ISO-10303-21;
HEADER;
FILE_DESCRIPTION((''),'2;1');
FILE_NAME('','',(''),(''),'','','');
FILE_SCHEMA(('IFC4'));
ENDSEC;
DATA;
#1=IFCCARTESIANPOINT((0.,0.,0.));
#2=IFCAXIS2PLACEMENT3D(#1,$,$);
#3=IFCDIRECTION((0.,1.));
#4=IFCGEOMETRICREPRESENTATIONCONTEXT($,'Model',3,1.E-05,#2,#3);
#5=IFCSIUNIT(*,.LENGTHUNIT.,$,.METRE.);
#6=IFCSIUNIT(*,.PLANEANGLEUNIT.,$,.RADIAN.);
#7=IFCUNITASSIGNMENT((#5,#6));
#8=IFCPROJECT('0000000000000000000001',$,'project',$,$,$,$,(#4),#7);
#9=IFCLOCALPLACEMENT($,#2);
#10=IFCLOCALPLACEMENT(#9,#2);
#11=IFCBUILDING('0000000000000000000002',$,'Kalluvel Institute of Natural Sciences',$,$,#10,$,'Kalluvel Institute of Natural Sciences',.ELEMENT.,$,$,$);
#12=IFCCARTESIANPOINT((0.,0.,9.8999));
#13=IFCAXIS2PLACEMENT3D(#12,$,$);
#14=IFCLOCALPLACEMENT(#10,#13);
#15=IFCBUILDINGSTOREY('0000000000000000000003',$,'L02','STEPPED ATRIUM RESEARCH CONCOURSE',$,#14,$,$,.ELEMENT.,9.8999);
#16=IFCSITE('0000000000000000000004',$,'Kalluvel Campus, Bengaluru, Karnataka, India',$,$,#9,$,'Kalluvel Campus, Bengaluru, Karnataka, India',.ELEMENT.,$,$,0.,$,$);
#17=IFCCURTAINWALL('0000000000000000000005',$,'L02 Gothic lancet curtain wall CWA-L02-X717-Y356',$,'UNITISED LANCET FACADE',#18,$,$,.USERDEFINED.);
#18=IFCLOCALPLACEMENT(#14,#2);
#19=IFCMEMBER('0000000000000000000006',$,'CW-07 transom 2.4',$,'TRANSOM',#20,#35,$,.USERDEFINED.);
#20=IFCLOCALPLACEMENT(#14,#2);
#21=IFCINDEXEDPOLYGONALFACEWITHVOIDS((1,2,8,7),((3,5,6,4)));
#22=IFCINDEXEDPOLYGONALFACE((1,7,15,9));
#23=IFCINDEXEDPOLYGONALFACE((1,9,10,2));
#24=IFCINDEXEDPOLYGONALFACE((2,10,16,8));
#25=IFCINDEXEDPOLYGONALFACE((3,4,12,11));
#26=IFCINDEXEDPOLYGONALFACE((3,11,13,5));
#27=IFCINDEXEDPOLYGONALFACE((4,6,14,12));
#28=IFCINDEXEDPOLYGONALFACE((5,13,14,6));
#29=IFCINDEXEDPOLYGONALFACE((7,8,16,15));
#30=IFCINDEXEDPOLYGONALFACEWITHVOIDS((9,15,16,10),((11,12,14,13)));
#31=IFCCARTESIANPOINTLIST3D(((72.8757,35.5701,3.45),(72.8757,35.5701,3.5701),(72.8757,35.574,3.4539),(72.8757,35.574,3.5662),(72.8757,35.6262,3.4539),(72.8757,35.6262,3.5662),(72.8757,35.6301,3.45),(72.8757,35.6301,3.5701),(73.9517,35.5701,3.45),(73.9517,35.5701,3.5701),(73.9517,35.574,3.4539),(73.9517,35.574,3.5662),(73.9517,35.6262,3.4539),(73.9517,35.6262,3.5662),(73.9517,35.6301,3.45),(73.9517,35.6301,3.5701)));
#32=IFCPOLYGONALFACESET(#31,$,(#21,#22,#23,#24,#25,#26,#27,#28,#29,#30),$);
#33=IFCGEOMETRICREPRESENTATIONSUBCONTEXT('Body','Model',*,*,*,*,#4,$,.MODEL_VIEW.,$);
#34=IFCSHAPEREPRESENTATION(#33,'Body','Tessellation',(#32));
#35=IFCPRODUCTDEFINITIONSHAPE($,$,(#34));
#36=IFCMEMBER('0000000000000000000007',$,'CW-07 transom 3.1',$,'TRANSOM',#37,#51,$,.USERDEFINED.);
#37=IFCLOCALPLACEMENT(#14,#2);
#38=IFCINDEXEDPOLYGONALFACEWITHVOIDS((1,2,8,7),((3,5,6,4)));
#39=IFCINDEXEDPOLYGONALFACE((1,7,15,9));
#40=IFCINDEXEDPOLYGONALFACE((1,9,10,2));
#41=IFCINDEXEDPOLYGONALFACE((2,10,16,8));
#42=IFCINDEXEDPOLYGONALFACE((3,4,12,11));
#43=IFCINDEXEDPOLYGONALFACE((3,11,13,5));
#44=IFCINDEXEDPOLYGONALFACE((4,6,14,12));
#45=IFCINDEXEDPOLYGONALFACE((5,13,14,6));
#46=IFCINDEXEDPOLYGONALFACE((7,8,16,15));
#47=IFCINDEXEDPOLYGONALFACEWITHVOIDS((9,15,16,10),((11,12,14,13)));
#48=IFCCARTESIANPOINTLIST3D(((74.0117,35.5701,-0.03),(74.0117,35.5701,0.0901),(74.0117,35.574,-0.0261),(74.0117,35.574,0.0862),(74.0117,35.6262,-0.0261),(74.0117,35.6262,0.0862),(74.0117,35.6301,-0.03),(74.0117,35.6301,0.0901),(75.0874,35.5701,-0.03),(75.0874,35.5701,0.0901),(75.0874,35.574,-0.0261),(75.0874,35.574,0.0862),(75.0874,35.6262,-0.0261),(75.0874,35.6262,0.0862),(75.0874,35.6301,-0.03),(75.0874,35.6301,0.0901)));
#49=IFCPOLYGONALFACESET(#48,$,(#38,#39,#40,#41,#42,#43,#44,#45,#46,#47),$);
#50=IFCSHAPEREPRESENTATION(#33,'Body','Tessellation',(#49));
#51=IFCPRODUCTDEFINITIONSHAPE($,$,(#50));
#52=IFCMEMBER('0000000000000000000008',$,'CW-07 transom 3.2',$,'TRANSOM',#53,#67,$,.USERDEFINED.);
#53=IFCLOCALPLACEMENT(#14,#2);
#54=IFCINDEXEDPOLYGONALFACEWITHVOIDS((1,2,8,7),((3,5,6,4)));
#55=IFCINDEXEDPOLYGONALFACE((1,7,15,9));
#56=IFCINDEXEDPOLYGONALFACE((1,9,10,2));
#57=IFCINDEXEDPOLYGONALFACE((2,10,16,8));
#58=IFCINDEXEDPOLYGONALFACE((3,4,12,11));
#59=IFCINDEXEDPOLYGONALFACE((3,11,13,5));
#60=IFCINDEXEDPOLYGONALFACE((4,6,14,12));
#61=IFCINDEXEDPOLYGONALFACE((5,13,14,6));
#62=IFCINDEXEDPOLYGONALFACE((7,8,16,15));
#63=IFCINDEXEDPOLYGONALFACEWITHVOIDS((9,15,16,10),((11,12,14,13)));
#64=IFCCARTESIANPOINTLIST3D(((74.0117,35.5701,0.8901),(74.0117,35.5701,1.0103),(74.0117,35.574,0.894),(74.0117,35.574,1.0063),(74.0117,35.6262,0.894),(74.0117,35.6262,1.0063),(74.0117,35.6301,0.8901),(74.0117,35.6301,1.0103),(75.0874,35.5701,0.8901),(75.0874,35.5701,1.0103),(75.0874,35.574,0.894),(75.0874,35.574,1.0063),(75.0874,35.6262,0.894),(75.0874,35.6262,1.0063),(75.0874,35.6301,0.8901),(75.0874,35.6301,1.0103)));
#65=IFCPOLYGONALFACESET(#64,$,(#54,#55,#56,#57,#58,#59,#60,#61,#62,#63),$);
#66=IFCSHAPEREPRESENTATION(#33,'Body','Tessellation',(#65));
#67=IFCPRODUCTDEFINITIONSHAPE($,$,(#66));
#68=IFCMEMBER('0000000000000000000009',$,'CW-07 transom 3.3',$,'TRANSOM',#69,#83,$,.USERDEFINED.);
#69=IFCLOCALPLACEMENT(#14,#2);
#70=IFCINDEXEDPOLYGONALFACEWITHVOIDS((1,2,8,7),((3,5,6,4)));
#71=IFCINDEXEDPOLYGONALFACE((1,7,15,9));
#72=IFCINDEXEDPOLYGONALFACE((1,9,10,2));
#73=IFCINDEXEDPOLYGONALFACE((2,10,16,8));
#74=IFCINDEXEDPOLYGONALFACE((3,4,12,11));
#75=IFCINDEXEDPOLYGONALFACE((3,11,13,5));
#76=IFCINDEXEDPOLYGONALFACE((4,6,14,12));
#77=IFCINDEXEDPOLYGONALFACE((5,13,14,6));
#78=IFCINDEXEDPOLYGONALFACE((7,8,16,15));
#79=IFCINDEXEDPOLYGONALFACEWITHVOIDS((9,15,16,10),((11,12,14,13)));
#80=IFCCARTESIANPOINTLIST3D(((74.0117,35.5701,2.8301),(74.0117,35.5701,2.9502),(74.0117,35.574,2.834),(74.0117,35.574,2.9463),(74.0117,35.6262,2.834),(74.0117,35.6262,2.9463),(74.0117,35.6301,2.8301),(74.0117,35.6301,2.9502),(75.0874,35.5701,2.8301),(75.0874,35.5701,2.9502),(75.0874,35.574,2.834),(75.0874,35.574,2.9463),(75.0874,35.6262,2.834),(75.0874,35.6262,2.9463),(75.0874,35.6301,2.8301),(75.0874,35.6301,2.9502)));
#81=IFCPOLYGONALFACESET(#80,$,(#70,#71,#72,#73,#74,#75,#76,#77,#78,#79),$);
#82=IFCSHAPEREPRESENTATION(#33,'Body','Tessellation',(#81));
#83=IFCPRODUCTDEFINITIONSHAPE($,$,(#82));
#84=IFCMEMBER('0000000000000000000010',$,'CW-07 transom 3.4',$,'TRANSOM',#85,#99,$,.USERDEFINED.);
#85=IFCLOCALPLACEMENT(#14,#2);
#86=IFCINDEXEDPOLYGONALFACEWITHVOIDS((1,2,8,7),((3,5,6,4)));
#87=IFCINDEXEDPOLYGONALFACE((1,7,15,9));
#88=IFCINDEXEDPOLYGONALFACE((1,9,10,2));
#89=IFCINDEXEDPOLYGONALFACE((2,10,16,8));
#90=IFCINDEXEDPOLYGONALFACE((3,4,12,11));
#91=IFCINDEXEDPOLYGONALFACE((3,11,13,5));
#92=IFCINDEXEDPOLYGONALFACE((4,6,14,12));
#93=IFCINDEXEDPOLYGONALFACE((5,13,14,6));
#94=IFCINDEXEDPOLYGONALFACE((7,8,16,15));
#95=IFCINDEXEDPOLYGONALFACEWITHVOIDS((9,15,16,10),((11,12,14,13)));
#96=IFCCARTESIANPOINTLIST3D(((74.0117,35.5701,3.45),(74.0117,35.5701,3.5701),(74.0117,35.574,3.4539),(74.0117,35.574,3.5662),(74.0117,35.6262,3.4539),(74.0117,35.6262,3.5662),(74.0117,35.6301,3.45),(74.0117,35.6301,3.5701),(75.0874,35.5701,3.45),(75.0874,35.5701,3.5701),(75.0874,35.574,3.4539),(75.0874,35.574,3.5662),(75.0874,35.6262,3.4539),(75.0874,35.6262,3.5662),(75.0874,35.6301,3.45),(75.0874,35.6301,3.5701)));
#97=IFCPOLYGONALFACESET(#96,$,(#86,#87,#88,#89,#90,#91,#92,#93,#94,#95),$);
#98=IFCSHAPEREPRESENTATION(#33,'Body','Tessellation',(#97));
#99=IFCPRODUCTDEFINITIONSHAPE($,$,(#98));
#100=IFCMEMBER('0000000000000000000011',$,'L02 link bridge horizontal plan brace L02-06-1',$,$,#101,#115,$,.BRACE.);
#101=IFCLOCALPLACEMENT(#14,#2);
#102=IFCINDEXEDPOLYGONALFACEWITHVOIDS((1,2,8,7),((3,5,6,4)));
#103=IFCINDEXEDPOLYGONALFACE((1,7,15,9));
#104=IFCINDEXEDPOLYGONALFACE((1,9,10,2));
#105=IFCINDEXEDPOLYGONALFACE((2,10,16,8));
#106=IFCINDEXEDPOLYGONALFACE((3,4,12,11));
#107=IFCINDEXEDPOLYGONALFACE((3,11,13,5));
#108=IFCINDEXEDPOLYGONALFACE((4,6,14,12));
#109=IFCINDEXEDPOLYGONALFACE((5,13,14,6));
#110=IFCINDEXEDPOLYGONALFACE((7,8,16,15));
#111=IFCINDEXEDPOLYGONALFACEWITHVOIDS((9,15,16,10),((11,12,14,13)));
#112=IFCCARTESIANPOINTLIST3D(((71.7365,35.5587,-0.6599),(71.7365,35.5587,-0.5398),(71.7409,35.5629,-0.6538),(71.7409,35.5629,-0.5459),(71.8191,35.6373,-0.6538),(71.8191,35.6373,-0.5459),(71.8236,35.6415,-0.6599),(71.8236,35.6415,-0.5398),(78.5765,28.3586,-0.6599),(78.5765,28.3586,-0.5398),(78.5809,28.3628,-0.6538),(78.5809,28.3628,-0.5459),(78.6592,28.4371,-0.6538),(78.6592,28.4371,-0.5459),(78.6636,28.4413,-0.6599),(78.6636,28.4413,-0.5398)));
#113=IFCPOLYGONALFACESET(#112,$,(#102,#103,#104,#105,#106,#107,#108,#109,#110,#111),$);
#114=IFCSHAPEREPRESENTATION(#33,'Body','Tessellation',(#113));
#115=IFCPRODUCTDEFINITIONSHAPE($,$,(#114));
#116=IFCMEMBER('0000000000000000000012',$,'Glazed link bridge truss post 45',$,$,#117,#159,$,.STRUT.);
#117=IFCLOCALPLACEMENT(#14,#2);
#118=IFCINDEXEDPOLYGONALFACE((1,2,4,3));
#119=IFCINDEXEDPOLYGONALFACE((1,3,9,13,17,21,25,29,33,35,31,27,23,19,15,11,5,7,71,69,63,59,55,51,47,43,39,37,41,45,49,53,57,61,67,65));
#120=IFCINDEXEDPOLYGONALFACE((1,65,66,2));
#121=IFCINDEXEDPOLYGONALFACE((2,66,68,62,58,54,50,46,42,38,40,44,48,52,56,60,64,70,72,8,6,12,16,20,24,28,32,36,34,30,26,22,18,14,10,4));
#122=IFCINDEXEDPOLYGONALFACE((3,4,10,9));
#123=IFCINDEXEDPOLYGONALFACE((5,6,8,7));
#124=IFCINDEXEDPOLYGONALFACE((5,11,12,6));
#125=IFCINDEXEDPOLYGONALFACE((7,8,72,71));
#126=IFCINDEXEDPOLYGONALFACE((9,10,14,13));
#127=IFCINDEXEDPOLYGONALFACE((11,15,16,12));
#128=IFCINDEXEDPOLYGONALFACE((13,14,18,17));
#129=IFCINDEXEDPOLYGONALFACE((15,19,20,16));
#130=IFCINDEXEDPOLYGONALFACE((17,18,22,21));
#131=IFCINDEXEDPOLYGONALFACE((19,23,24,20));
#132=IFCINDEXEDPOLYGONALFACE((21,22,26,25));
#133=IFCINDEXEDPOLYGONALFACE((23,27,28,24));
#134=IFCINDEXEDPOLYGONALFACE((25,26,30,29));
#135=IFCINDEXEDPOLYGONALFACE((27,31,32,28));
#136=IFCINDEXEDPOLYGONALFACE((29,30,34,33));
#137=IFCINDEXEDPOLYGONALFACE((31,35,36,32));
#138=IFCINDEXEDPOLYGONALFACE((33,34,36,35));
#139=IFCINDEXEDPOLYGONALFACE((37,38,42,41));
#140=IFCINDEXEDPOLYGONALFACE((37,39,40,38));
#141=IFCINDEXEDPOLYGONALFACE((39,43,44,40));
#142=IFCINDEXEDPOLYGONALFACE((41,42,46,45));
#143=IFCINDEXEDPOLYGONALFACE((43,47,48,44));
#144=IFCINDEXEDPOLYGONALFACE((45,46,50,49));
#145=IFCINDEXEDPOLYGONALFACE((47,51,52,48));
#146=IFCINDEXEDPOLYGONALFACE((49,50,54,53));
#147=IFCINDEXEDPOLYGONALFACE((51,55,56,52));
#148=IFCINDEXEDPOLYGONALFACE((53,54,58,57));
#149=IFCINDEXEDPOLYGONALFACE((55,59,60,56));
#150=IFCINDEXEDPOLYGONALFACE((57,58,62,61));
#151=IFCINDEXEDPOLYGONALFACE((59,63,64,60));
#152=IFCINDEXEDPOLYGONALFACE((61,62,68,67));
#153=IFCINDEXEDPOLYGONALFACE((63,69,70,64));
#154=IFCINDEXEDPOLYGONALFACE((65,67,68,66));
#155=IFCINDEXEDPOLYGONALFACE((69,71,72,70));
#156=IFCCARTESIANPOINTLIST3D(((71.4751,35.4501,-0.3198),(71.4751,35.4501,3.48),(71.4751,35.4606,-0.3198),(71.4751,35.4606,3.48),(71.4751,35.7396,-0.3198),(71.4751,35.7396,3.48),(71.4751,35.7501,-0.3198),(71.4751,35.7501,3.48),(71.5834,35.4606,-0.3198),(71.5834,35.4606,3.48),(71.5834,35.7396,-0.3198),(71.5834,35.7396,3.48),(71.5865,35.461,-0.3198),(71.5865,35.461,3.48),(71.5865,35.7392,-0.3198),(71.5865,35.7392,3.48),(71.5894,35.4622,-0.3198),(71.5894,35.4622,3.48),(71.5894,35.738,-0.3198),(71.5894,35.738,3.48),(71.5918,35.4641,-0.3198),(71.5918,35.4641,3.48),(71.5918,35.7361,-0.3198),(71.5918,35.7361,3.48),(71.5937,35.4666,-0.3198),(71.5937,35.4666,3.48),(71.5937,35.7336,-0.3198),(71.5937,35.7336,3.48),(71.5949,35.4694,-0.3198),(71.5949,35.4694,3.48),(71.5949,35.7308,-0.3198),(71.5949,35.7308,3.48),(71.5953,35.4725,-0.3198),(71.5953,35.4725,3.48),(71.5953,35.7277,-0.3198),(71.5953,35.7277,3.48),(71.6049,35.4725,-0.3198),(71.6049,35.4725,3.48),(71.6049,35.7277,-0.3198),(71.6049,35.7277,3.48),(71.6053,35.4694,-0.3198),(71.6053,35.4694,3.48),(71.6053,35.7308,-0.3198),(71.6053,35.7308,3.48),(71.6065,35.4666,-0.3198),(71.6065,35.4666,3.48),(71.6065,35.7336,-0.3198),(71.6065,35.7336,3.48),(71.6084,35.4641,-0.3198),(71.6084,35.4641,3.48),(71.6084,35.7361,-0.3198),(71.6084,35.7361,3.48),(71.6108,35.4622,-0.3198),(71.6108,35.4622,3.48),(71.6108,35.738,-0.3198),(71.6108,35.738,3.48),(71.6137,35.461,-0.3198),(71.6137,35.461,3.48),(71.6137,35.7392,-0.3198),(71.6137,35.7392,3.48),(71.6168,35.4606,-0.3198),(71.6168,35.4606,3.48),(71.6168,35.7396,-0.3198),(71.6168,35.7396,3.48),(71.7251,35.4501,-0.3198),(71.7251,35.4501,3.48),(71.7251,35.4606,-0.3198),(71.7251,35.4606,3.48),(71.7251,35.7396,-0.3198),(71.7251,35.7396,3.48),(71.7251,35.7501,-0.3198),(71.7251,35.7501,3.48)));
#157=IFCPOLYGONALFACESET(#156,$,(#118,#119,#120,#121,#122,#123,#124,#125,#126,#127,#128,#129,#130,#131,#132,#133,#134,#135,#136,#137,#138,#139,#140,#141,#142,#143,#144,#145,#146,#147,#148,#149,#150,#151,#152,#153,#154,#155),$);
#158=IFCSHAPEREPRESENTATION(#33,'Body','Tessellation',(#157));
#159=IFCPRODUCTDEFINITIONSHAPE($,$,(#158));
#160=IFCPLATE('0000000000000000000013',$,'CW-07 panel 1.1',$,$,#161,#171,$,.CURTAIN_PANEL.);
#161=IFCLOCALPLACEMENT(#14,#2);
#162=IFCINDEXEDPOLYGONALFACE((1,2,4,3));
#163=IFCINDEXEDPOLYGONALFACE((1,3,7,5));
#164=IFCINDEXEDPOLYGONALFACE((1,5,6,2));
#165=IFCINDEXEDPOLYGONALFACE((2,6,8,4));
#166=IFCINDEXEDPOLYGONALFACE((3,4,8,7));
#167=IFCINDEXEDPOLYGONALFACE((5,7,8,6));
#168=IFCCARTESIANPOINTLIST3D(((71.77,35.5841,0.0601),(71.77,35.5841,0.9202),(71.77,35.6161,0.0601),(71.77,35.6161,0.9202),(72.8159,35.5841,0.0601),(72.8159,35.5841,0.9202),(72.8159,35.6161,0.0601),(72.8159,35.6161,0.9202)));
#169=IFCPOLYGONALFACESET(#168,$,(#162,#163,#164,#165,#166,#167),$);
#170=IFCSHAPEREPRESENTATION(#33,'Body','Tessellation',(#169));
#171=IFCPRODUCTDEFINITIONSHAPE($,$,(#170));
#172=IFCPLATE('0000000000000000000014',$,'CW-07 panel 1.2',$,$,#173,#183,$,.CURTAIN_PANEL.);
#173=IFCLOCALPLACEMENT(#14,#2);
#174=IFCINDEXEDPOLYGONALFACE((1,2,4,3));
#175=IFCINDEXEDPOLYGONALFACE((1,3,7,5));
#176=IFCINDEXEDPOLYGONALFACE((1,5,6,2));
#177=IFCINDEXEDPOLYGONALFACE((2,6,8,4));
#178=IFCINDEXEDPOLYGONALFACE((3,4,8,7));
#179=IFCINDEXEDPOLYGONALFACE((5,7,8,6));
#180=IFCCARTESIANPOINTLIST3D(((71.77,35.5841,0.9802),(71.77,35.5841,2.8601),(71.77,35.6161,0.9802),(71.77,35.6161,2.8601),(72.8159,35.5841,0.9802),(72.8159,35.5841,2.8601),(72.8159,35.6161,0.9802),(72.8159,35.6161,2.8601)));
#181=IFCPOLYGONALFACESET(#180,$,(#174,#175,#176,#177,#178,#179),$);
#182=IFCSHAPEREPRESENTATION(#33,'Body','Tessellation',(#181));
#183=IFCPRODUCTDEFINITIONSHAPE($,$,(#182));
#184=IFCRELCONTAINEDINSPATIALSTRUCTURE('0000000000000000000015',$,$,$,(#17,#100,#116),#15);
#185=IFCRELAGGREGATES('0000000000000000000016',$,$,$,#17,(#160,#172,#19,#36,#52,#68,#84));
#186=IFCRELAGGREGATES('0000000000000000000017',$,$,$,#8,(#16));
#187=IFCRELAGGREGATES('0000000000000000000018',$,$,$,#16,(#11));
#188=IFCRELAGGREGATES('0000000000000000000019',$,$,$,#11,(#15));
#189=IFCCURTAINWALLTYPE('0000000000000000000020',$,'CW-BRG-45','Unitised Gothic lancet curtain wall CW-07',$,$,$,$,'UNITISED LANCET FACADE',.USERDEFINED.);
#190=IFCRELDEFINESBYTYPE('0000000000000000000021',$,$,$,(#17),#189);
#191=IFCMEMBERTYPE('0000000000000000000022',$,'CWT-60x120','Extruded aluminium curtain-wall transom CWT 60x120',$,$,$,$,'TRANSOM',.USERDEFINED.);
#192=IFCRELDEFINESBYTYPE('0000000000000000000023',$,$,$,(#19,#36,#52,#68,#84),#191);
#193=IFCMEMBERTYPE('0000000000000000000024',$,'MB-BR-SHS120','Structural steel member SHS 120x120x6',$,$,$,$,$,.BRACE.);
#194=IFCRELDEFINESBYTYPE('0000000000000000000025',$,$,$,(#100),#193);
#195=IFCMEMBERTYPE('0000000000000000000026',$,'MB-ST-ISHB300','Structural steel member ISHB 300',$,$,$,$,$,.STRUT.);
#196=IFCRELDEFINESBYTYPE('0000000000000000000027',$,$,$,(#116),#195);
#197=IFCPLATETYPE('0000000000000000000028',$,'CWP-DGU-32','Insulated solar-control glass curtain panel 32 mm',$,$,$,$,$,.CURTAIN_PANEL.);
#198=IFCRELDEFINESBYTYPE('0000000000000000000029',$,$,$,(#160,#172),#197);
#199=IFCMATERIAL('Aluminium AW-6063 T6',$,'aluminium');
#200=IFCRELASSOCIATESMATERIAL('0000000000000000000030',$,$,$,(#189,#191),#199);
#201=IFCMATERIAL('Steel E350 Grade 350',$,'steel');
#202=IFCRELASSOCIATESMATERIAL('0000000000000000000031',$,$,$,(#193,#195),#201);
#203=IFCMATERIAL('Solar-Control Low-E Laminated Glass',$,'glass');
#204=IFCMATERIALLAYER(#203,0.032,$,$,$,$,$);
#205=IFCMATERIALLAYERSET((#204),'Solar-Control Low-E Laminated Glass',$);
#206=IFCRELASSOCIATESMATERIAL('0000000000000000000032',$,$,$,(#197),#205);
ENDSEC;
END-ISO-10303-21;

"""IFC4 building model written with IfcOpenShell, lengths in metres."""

from ifc_helpers import new_model, si_unit, direction, frame, origin, origin_2d, place, context, subcontext, project, spatial, rectangle, hollow_rectangle, i_section, extrude, material, layer, layer_set, material_profile, profile_set, type_object, element, aggregate, save


model = new_model("IFC4")

# Units and contexts
model_context = context("Model", 3, precision=1e-05, world=origin(), true_north=direction((0.0, 1.0)))
body_context = subcontext(model_context, "Body", "Model", "MODEL_VIEW")
ifc_project = project(units=[si_unit("LENGTHUNIT", "METRE"), si_unit("PLANEANGLEUNIT", "RADIAN")], contexts=[model_context])

# Site, building, storey
site_placement = place(None, origin())
site = spatial("IfcSite", under=ifc_project, at=site_placement, Name="Kalluvel Campus, Bengaluru, Karnataka, India", LongName="Kalluvel Campus, Bengaluru, Karnataka, India", CompositionType="ELEMENT", RefElevation=0.0)
building_placement = place(site_placement, origin())
building = spatial("IfcBuilding", under=site, at=building_placement, Name="Kalluvel Institute of Natural Sciences", LongName="Kalluvel Institute of Natural Sciences", CompositionType="ELEMENT")
storey_placement = place(building_placement, frame((0.0, 0.0, 9.8999)))
storey = spatial("IfcBuildingStorey", under=building, at=storey_placement, Name="L02", Description="STEPPED ATRIUM RESEARCH CONCOURSE", CompositionType="ELEMENT", Elevation=9.8999)

# Curtain wall, members
ifc_material_1 = material(Name="Aluminium AW-6063 T6", Category="aluminium")
curtain_wall_type = type_object("IfcCurtainWallType", Name="CW-BRG-45", Description="Unitised Gothic lancet curtain wall CW-07", ElementType="UNITISED LANCET FACADE", PredefinedType="USERDEFINED", material=ifc_material_1)
curtain_wall_placement = place(storey_placement, origin())
curtain_wall = element("IfcCurtainWall", 1, at=curtain_wall_placement, inside=storey, type_object=curtain_wall_type, Name="L02 Gothic lancet curtain wall CWA-L02-X717-Y356", ObjectType="UNITISED LANCET FACADE", PredefinedType="USERDEFINED")
ifc_material_profile_1 = material_profile(ifc_material_1, hollow_rectangle(XDim=0.0601, YDim=0.1201, WallThickness=0.0039, at=origin_2d()), Name="CWT 60x120")
ifc_profile_set_1 = profile_set([ifc_material_profile_1], Name="Aluminium AW-6063 T6")
member_type_1 = type_object("IfcMemberType", Name="CWT-60x120", Description="Extruded aluminium curtain-wall transom CWT 60x120", ElementType="TRANSOM", PredefinedType="USERDEFINED", material=ifc_profile_set_1)
member_1_placement = place(storey_placement, frame((72.8757, 35.6001, 3.51), z_axis=(1.0, 0.0, 0.0), x_axis=(0.0, 1.0, 0.0)))
member_1 = element("IfcMember", 2, at=member_1_placement, type_object=member_type_1, Name="CW-07 transom 2.4", ObjectType="TRANSOM", PredefinedType="USERDEFINED", context=body_context, shape_type="SweptSolid", body=[
    extrude(hollow_rectangle(XDim=0.0601, YDim=0.1201, WallThickness=0.0039, at=origin_2d()), origin(), (0.0, 0.0, 1.0), 1.0759),
])
member_2_placement = place(storey_placement, frame((74.0117, 35.6001, 0.03), z_axis=(1.0, 0.0, 0.0), x_axis=(0.0, 1.0, 0.0)))
member_2 = element("IfcMember", 3, at=member_2_placement, type_object=member_type_1, Name="CW-07 transom 3.1", ObjectType="TRANSOM", PredefinedType="USERDEFINED", context=body_context, shape_type="SweptSolid", body=[
    extrude(hollow_rectangle(XDim=0.0601, YDim=0.1201, WallThickness=0.0039, at=origin_2d()), origin(), (0.0, 0.0, 1.0), 1.0757),
])
member_3_placement = place(storey_placement, frame((74.0117, 35.6001, 0.9502), z_axis=(1.0, 0.0, 0.0), x_axis=(0.0, 1.0, 0.0)))
member_3 = element("IfcMember", 4, at=member_3_placement, type_object=member_type_1, Name="CW-07 transom 3.2", ObjectType="TRANSOM", PredefinedType="USERDEFINED", context=body_context, shape_type="SweptSolid", body=[
    extrude(hollow_rectangle(XDim=0.0601, YDim=0.1201, WallThickness=0.0039, at=origin_2d()), origin(), (0.0, 0.0, 1.0), 1.0757),
])
member_4_placement = place(storey_placement, frame((74.0117, 35.6001, 2.8901), z_axis=(1.0, 0.0, 0.0), x_axis=(0.0, 1.0, 0.0)))
member_4 = element("IfcMember", 5, at=member_4_placement, type_object=member_type_1, Name="CW-07 transom 3.3", ObjectType="TRANSOM", PredefinedType="USERDEFINED", context=body_context, shape_type="SweptSolid", body=[
    extrude(hollow_rectangle(XDim=0.0601, YDim=0.1201, WallThickness=0.0039, at=origin_2d()), origin(), (0.0, 0.0, 1.0), 1.0757),
])
member_5_placement = place(storey_placement, frame((74.0117, 35.6001, 3.51), z_axis=(1.0, 0.0, 0.0), x_axis=(0.0, 1.0, 0.0)))
member_5 = element("IfcMember", 6, at=member_5_placement, type_object=member_type_1, Name="CW-07 transom 3.4", ObjectType="TRANSOM", PredefinedType="USERDEFINED", context=body_context, shape_type="SweptSolid", body=[
    extrude(hollow_rectangle(XDim=0.0601, YDim=0.1201, WallThickness=0.0039, at=origin_2d()), origin(), (0.0, 0.0, 1.0), 1.0757),
])

# Members
ifc_material_2 = material(Name="Steel E350 Grade 350", Category="steel")
ifc_material_profile_2 = material_profile(ifc_material_2, hollow_rectangle(XDim=0.1201, YDim=0.1201, WallThickness=0.0061, at=origin_2d()), Name="SHS 120x120x6")
ifc_profile_set_2 = profile_set([ifc_material_profile_2], Name="Steel E350 Grade 350")
member_type_2 = type_object("IfcMemberType", Name="MB-BR-SHS120", Description="Structural steel member SHS 120x120x6", PredefinedType="BRACE", material=ifc_profile_set_2)
member_6_placement = place(storey_placement, frame((71.78, 35.6001, -0.5999), z_axis=(0.688744, -0.725004, 0.0), x_axis=(0.725004, 0.688744, 0.0)))
element("IfcMember", 7, at=member_6_placement, inside=storey, type_object=member_type_2, Name="L02 link bridge horizontal plan brace L02-06-1", PredefinedType="BRACE", context=body_context, shape_type="SweptSolid", body=[
    extrude(hollow_rectangle(XDim=0.1201, YDim=0.1201, WallThickness=0.0061, at=origin_2d()), origin(), (0.0, 0.0, 1.0), 9.9312),
])
ifc_material_profile_3 = material_profile(ifc_material_2, i_section(OverallWidth=0.25, OverallDepth=0.3, WebThickness=0.0095, FlangeThickness=0.0105, FilletRadius=0.012, at=origin_2d()), Name="ISHB 300")
ifc_profile_set_3 = profile_set([ifc_material_profile_3], Name="Steel E350 Grade 350")
member_type_3 = type_object("IfcMemberType", Name="MB-ST-ISHB300", Description="Structural steel member ISHB 300", PredefinedType="STRUT", material=ifc_profile_set_3)
member_7_placement = place(storey_placement, frame((71.6001, 35.6001, -0.3198), z_axis=(0.0, 0.0, 1.0), x_axis=(1.0, 0.0, 0.0)))
element("IfcMember", 8, at=member_7_placement, inside=storey, type_object=member_type_3, Name="Glazed link bridge truss post 45", PredefinedType="STRUT", context=body_context, shape_type="SweptSolid", body=[
    extrude(i_section(OverallWidth=0.25, OverallDepth=0.3, WebThickness=0.0095, FlangeThickness=0.0105, FilletRadius=0.012, at=origin_2d()), origin(), (0.0, 0.0, 1.0), 3.7998),
])

# Plates
ifc_material_3 = material(Name="Solar-Control Low-E Laminated Glass", Category="glass")
ifc_layer_1 = layer(ifc_material_3, 0.032)
ifc_layer_set_1 = layer_set([ifc_layer_1], Name="Solar-Control Low-E Laminated Glass")
plate_type_1 = type_object("IfcPlateType", Name="CWP-DGU-32", Description="Insulated solar-control glass curtain panel 32 mm", PredefinedType="CURTAIN_PANEL", material=ifc_layer_set_1)
plate_1_placement = place(storey_placement, frame((72.293, 35.6001, 0.0601), z_axis=(0.0, 0.0, 1.0), x_axis=(1.0, 0.0, 0.0)))
plate_1 = element("IfcPlate", 9, at=plate_1_placement, type_object=plate_type_1, Name="CW-07 panel 1.1", PredefinedType="CURTAIN_PANEL", context=body_context, shape_type="SweptSolid", body=[
    extrude(rectangle(XDim=1.0459, YDim=0.032, at=origin_2d()), origin(), (0.0, 0.0, 1.0), 0.8601),
])
plate_2_placement = place(storey_placement, frame((72.293, 35.6001, 0.9802), z_axis=(0.0, 0.0, 1.0), x_axis=(1.0, 0.0, 0.0)))
plate_2 = element("IfcPlate", 10, at=plate_2_placement, type_object=plate_type_1, Name="CW-07 panel 1.2", PredefinedType="CURTAIN_PANEL", context=body_context, shape_type="SweptSolid", body=[
    extrude(rectangle(XDim=1.0459, YDim=0.032, at=origin_2d()), origin(), (0.0, 0.0, 1.0), 1.8799),
])
aggregate(curtain_wall, [plate_1, plate_2, member_1, member_2, member_3, member_4, member_5])

save(model, "model.ifc")
